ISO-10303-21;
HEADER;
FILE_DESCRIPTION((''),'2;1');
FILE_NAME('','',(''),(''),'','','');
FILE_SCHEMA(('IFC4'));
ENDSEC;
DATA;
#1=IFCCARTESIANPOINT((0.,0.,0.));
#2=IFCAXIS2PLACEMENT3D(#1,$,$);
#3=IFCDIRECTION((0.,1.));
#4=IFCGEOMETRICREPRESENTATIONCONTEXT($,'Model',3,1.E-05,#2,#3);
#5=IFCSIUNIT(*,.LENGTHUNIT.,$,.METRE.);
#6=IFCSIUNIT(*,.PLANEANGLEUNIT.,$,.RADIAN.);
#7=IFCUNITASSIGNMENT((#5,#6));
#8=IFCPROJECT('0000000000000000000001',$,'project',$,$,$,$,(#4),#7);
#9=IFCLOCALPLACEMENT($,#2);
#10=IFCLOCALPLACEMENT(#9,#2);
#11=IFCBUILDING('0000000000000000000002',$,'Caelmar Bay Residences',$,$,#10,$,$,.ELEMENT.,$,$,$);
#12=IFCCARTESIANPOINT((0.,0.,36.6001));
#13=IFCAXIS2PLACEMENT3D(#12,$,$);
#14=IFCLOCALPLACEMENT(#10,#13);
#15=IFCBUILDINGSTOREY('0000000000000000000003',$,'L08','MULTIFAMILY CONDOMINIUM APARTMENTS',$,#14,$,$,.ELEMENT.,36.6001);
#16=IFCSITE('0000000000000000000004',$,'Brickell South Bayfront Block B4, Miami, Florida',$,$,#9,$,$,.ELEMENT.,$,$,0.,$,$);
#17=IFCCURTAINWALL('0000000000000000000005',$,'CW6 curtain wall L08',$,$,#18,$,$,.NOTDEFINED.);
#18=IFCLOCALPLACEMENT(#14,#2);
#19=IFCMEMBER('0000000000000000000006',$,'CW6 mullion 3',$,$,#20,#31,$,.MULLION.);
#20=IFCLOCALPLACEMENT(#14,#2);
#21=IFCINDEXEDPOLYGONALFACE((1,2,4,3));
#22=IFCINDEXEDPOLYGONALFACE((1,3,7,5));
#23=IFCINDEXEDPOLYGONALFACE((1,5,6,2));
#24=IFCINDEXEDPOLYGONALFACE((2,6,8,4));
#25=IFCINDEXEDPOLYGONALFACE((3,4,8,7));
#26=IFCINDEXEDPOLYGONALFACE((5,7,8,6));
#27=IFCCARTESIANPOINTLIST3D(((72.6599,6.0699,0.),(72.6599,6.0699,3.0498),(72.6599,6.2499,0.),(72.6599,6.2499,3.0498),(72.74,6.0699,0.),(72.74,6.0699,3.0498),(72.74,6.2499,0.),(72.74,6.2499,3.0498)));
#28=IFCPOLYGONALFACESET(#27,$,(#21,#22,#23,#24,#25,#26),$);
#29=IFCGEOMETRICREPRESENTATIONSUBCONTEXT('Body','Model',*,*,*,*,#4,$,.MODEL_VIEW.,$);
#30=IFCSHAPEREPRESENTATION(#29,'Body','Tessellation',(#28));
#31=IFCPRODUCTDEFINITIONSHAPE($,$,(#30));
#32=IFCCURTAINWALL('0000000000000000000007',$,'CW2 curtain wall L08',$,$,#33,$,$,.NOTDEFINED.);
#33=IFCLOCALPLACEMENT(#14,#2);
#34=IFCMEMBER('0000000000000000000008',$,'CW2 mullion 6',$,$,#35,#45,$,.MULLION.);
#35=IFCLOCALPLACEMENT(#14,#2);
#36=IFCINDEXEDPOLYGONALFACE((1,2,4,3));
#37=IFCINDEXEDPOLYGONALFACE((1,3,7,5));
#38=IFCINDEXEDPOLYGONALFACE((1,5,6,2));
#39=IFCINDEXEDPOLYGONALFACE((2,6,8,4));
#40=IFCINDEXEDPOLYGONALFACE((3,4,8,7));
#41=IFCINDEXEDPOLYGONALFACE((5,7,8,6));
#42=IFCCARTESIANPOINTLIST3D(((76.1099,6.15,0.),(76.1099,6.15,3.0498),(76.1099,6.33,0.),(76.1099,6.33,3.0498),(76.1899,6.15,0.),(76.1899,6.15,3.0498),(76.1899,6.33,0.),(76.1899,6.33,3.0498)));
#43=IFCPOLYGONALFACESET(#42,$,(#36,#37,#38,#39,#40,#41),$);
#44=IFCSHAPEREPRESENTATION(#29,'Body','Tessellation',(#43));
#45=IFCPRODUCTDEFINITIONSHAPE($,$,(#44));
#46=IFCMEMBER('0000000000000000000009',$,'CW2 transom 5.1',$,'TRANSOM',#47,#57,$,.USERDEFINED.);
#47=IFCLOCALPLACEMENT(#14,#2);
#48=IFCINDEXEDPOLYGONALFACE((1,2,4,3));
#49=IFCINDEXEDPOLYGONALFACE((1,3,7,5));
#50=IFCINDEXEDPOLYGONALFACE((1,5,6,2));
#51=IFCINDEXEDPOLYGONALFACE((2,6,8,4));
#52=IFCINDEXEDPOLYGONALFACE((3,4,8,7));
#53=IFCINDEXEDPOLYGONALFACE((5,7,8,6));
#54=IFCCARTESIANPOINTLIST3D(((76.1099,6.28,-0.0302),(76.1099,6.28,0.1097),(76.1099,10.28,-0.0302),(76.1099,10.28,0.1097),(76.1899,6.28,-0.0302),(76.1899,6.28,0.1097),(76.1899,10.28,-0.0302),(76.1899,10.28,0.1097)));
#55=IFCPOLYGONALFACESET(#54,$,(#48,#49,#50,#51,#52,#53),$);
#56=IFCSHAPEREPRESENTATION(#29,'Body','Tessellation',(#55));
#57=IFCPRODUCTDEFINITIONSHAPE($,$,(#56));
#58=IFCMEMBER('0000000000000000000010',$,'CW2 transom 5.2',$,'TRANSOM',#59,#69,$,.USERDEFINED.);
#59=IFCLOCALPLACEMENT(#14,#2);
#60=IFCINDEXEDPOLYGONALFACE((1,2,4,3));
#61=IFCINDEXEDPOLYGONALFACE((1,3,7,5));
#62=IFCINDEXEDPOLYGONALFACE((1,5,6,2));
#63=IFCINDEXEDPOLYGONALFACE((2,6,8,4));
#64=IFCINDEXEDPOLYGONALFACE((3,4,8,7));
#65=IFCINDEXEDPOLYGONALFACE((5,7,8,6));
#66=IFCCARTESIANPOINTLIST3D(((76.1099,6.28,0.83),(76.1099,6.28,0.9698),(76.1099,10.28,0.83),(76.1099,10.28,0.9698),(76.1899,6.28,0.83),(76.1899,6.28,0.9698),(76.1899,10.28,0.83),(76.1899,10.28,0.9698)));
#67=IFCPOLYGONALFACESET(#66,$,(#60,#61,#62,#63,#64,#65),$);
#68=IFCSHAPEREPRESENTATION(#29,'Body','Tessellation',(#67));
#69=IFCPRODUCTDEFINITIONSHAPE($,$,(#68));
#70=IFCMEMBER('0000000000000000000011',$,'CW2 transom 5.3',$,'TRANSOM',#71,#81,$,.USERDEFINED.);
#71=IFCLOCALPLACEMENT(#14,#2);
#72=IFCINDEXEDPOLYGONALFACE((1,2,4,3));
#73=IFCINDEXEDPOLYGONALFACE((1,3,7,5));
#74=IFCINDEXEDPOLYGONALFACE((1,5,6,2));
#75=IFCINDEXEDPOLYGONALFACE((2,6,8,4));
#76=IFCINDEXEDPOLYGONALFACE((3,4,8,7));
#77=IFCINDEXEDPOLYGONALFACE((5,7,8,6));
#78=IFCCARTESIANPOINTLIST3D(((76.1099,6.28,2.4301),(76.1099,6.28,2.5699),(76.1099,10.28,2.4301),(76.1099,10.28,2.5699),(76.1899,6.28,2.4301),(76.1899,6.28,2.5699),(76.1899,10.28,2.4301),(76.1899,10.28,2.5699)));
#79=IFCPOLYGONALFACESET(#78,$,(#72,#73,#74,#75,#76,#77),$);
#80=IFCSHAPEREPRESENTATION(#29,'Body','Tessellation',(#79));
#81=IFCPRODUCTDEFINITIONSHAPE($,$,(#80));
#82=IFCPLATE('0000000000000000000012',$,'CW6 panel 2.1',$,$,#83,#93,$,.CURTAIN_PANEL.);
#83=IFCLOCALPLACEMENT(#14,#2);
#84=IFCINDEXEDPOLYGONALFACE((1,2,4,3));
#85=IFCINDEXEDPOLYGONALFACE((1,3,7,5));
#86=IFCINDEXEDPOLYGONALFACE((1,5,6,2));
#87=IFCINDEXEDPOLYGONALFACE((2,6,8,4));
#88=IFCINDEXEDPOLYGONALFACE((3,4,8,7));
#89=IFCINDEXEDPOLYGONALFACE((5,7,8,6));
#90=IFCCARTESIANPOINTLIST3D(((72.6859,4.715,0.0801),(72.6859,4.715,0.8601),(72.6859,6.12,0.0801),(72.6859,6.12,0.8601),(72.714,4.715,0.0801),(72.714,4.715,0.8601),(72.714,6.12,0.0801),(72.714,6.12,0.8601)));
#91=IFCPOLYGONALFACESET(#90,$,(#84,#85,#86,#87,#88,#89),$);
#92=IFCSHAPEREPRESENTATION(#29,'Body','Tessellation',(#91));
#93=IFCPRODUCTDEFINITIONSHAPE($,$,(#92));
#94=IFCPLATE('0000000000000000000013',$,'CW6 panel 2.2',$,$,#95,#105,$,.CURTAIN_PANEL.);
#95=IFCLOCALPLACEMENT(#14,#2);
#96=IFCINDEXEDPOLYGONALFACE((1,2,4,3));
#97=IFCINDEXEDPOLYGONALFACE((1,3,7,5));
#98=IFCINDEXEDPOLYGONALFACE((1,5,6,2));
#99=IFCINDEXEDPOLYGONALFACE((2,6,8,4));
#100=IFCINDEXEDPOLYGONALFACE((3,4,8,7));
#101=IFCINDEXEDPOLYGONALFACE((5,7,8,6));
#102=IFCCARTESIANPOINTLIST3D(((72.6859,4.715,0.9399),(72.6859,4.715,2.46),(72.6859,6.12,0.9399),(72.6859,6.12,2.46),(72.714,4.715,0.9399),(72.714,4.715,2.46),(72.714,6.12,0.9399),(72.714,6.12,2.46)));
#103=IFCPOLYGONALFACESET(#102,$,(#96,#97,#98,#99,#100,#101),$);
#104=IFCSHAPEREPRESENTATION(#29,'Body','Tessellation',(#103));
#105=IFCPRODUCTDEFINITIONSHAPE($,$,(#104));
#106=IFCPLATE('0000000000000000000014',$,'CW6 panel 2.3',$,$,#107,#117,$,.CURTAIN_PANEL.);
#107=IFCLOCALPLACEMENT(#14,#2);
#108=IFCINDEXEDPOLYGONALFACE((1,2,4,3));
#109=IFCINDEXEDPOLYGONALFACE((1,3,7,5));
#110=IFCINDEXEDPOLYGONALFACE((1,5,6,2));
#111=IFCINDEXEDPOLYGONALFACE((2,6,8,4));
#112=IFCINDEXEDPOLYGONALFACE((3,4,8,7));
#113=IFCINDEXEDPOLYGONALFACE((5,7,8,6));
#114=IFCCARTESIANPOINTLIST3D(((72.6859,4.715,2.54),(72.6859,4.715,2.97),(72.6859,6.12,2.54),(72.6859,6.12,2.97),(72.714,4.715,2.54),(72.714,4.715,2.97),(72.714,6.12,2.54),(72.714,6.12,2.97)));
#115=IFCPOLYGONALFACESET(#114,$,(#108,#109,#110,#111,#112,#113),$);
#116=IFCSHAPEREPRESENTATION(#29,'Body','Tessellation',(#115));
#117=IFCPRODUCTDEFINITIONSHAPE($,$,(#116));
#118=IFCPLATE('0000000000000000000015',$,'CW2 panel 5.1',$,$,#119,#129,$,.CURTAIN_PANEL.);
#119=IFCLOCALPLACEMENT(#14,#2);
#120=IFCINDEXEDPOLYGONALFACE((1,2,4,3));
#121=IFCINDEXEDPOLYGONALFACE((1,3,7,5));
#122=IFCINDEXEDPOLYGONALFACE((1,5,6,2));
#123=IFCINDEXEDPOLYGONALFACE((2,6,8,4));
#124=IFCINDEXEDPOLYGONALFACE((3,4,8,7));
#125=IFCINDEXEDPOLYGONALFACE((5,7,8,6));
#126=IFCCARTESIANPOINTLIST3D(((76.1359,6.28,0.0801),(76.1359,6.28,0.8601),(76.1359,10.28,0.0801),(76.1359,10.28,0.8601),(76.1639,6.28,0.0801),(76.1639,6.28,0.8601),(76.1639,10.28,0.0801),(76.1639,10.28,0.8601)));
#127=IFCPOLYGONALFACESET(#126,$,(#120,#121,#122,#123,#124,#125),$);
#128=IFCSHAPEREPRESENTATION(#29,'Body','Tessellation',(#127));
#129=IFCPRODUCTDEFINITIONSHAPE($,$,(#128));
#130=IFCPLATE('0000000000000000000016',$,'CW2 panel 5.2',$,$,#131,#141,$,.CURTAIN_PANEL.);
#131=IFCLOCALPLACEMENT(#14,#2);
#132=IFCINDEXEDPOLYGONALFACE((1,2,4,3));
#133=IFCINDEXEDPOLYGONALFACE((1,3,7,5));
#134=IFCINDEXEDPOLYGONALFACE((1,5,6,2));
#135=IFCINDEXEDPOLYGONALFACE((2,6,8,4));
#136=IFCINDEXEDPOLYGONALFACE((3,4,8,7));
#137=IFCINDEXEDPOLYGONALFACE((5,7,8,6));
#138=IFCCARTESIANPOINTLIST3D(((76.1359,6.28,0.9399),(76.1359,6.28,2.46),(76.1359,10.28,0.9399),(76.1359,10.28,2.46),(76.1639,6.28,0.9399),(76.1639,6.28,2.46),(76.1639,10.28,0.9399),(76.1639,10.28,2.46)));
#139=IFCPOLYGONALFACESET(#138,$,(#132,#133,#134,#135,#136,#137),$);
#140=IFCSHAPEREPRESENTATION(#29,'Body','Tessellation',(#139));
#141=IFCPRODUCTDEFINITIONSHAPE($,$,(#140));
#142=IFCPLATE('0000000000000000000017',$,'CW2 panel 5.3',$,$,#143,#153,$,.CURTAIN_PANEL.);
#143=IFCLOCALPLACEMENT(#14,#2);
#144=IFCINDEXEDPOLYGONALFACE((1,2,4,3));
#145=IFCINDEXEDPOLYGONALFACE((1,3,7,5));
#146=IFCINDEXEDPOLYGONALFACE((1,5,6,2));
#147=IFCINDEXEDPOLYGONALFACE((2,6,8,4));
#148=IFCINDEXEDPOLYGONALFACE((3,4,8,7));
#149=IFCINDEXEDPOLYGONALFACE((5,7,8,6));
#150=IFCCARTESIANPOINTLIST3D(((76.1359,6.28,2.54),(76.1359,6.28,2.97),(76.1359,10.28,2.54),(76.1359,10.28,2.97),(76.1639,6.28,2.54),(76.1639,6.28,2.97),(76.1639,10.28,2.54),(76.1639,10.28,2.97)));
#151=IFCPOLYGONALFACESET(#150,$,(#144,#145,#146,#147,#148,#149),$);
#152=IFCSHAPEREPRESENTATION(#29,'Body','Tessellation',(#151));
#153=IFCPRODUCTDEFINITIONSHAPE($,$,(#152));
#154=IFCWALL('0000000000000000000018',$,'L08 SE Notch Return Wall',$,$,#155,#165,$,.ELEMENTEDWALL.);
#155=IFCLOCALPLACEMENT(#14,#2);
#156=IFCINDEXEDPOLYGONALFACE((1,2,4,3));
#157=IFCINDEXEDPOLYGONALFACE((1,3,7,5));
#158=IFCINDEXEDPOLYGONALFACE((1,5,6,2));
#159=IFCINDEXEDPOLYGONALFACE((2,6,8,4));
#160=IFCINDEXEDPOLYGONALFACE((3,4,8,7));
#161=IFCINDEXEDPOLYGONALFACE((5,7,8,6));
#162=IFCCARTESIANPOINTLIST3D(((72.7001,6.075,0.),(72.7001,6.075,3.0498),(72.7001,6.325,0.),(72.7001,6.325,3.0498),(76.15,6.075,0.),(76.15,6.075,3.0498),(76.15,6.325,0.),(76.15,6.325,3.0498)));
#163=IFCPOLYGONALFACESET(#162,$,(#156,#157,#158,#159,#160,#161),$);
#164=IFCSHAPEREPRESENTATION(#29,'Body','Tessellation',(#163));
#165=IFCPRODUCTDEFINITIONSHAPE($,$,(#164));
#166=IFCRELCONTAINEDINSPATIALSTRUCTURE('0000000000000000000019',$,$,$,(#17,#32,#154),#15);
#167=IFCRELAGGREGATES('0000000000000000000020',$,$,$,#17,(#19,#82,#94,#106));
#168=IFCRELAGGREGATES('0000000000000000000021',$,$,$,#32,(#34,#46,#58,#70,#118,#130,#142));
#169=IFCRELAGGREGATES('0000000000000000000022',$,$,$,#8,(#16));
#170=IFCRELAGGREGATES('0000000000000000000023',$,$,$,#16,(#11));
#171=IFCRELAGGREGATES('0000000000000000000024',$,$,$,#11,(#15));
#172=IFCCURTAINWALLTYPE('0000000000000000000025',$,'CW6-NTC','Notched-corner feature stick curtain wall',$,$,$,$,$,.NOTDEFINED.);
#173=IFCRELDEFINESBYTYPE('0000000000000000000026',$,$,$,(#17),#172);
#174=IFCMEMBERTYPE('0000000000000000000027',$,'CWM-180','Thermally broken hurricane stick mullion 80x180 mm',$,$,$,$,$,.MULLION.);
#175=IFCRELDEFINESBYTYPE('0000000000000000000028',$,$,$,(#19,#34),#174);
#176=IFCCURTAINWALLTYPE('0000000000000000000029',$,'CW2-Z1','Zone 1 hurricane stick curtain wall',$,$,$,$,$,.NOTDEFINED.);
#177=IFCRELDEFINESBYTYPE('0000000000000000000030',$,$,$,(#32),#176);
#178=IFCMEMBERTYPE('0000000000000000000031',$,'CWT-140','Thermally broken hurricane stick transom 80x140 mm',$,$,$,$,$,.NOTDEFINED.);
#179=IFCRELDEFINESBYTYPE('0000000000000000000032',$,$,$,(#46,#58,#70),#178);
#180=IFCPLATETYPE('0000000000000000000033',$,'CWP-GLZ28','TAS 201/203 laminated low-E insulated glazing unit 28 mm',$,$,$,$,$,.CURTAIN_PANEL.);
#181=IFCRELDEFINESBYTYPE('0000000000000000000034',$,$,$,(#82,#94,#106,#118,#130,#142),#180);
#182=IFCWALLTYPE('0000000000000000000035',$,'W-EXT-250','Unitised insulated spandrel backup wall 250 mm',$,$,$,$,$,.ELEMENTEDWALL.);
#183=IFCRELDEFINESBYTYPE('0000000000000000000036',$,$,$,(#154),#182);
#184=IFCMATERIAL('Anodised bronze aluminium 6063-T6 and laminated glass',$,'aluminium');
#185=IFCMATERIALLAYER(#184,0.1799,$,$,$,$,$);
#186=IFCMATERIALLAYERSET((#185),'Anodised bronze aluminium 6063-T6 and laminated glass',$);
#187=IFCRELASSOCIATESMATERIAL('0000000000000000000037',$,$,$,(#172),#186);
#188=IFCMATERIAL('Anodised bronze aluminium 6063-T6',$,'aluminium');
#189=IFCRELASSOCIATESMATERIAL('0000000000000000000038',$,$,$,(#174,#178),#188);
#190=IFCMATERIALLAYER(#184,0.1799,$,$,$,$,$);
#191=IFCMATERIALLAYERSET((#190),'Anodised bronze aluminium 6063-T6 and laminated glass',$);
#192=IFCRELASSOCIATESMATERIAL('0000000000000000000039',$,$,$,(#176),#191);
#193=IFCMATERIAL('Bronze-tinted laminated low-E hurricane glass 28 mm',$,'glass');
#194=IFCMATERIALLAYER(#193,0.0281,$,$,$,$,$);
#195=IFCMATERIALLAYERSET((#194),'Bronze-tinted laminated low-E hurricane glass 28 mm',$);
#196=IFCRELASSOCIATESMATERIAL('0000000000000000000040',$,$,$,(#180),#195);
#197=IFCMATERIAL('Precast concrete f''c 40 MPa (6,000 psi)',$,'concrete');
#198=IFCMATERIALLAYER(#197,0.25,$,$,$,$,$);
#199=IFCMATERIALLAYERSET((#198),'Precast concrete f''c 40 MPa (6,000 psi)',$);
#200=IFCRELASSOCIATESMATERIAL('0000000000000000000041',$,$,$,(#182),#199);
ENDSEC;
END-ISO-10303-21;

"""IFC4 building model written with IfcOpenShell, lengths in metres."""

from ifc_helpers import new_model, si_unit, direction, frame, frame_2d, origin, origin_2d, place, context, subcontext, project, spatial, rectangle, extrude, material, layer, layer_set, material_profile, profile_set, type_object, element, aggregate, save


model = new_model("IFC4")

# Units and contexts
model_context = context("Model", 3, precision=1e-05, world=origin(), true_north=direction((0.0, 1.0)))
body_context = subcontext(model_context, "Body", "Model", "MODEL_VIEW")
ifc_project = project(units=[si_unit("LENGTHUNIT", "METRE"), si_unit("PLANEANGLEUNIT", "RADIAN")], contexts=[model_context])

# Site, building, storey
site_placement = place(None, origin())
site = spatial("IfcSite", under=ifc_project, at=site_placement, Name="Brickell South Bayfront Block B4, Miami, Florida", CompositionType="ELEMENT", RefElevation=0.0)
building_placement = place(site_placement, origin())
building = spatial("IfcBuilding", under=site, at=building_placement, Name="Caelmar Bay Residences", CompositionType="ELEMENT")
storey_placement = place(building_placement, frame((0.0, 0.0, 36.6001)))
storey = spatial("IfcBuildingStorey", under=building, at=storey_placement, Name="L08", Description="MULTIFAMILY CONDOMINIUM APARTMENTS", CompositionType="ELEMENT", Elevation=36.6001)

# Curtain wall, member
ifc_material_1 = material(Name="Anodised bronze aluminium 6063-T6 and laminated glass", Category="aluminium")
ifc_layer_1 = layer(ifc_material_1, 0.1799)
ifc_layer_set_1 = layer_set([ifc_layer_1], Name="Anodised bronze aluminium 6063-T6 and laminated glass")
curtain_wall_type_1 = type_object("IfcCurtainWallType", Name="CW6-NTC", Description="Notched-corner feature stick curtain wall", PredefinedType="NOTDEFINED", material=ifc_layer_set_1)
curtain_wall_1_placement = place(storey_placement, origin())
curtain_wall_1 = element("IfcCurtainWall", 1, at=curtain_wall_1_placement, inside=storey, type_object=curtain_wall_type_1, Name="CW6 curtain wall L08", PredefinedType="NOTDEFINED")
ifc_material_2 = material(Name="Anodised bronze aluminium 6063-T6", Category="aluminium")
ifc_material_profile_1 = material_profile(ifc_material_2, rectangle(XDim=0.0801, YDim=0.1799, at=origin_2d()), Name="CWM-80X180")
ifc_profile_set_1 = profile_set([ifc_material_profile_1], Name="Anodised bronze aluminium 6063-T6")
member_type_1 = type_object("IfcMemberType", Name="CWM-180", Description="Thermally broken hurricane stick mullion 80x180 mm", PredefinedType="MULLION", material=ifc_profile_set_1)
member_1_placement = place(storey_placement, frame((72.7, 6.1599, 0.0), z_axis=(0.0, 0.0, 1.0), x_axis=(-1.0, 0.0, 0.0)))
member_1 = element("IfcMember", 2, at=member_1_placement, type_object=member_type_1, Name="CW6 mullion 3", PredefinedType="MULLION", context=body_context, shape_type="SweptSolid", body=[
    extrude(rectangle(XDim=0.0801, YDim=0.1799, at=origin_2d()), origin(), (0.0, 0.0, 1.0), 3.0498),
])

# Curtain wall, members
ifc_layer_2 = layer(ifc_material_1, 0.1799)
ifc_layer_set_2 = layer_set([ifc_layer_2], Name="Anodised bronze aluminium 6063-T6 and laminated glass")
curtain_wall_type_2 = type_object("IfcCurtainWallType", Name="CW2-Z1", Description="Zone 1 hurricane stick curtain wall", PredefinedType="NOTDEFINED", material=ifc_layer_set_2)
curtain_wall_2_placement = place(storey_placement, origin())
curtain_wall_2 = element("IfcCurtainWall", 3, at=curtain_wall_2_placement, inside=storey, type_object=curtain_wall_type_2, Name="CW2 curtain wall L08", PredefinedType="NOTDEFINED")
member_2_placement = place(storey_placement, frame((76.1499, 6.24, 0.0), z_axis=(0.0, 0.0, 1.0), x_axis=(1.0, 0.0, 0.0)))
member_2 = element("IfcMember", 4, at=member_2_placement, type_object=member_type_1, Name="CW2 mullion 6", PredefinedType="MULLION", context=body_context, shape_type="SweptSolid", body=[
    extrude(rectangle(XDim=0.0801, YDim=0.1799, at=origin_2d()), origin(), (0.0, 0.0, 1.0), 3.0498),
])
ifc_material_profile_2 = material_profile(ifc_material_2, rectangle(XDim=0.0801, YDim=0.1399, at=origin_2d()), Name="CWT-80X140")
ifc_profile_set_2 = profile_set([ifc_material_profile_2], Name="Anodised bronze aluminium 6063-T6")
member_type_2 = type_object("IfcMemberType", Name="CWT-140", Description="Thermally broken hurricane stick transom 80x140 mm", PredefinedType="NOTDEFINED", material=ifc_profile_set_2)
member_3_placement = place(storey_placement, frame((76.1499, 10.28, 0.0398), z_axis=(0.0, -1.0, 0.0), x_axis=(1.0, 0.0, 0.0)))
member_3 = element("IfcMember", 5, at=member_3_placement, type_object=member_type_2, Name="CW2 transom 5.1", ObjectType="TRANSOM", PredefinedType="USERDEFINED", context=body_context, shape_type="SweptSolid", body=[
    extrude(rectangle(XDim=0.0801, YDim=0.1399, at=origin_2d()), origin(), (0.0, 0.0, 1.0), 4.0),
])
member_4_placement = place(storey_placement, frame((76.1499, 10.28, 0.8999), z_axis=(0.0, -1.0, 0.0), x_axis=(1.0, 0.0, 0.0)))
member_4 = element("IfcMember", 6, at=member_4_placement, type_object=member_type_2, Name="CW2 transom 5.2", ObjectType="TRANSOM", PredefinedType="USERDEFINED", context=body_context, shape_type="SweptSolid", body=[
    extrude(rectangle(XDim=0.0801, YDim=0.1399, at=origin_2d()), origin(), (0.0, 0.0, 1.0), 4.0),
])
member_5_placement = place(storey_placement, frame((76.1499, 10.28, 2.5), z_axis=(0.0, -1.0, 0.0), x_axis=(1.0, 0.0, 0.0)))
member_5 = element("IfcMember", 7, at=member_5_placement, type_object=member_type_2, Name="CW2 transom 5.3", ObjectType="TRANSOM", PredefinedType="USERDEFINED", context=body_context, shape_type="SweptSolid", body=[
    extrude(rectangle(XDim=0.0801, YDim=0.1399, at=origin_2d()), origin(), (0.0, 0.0, 1.0), 4.0),
])

# Plates
ifc_material_3 = material(Name="Bronze-tinted laminated low-E hurricane glass 28 mm", Category="glass")
ifc_layer_3 = layer(ifc_material_3, 0.0281)
ifc_layer_set_3 = layer_set([ifc_layer_3], Name="Bronze-tinted laminated low-E hurricane glass 28 mm")
plate_type = type_object("IfcPlateType", Name="CWP-GLZ28", Description="TAS 201/203 laminated low-E insulated glazing unit 28 mm", PredefinedType="CURTAIN_PANEL", material=ifc_layer_set_3)
plate_1_placement = place(storey_placement, frame((72.7, 5.4175, 0.0801), z_axis=(0.0, 0.0, 1.0), x_axis=(0.0, 1.0, 0.0)))
plate_1 = element("IfcPlate", 8, at=plate_1_placement, type_object=plate_type, Name="CW6 panel 2.1", PredefinedType="CURTAIN_PANEL", context=body_context, shape_type="SweptSolid", body=[
    extrude(rectangle(XDim=1.405, YDim=0.0281, at=origin_2d()), origin(), (0.0, 0.0, 1.0), 0.78),
])
plate_2_placement = place(storey_placement, frame((72.7, 5.4175, 0.9399), z_axis=(0.0, 0.0, 1.0), x_axis=(0.0, 1.0, 0.0)))
plate_2 = element("IfcPlate", 9, at=plate_2_placement, type_object=plate_type, Name="CW6 panel 2.2", PredefinedType="CURTAIN_PANEL", context=body_context, shape_type="SweptSolid", body=[
    extrude(rectangle(XDim=1.405, YDim=0.0281, at=origin_2d()), origin(), (0.0, 0.0, 1.0), 1.52),
])
plate_3_placement = place(storey_placement, frame((72.7, 5.4175, 2.54), z_axis=(0.0, 0.0, 1.0), x_axis=(0.0, 1.0, 0.0)))
plate_3 = element("IfcPlate", 10, at=plate_3_placement, type_object=plate_type, Name="CW6 panel 2.3", PredefinedType="CURTAIN_PANEL", context=body_context, shape_type="SweptSolid", body=[
    extrude(rectangle(XDim=1.405, YDim=0.0281, at=origin_2d()), origin(), (0.0, 0.0, 1.0), 0.4299),
])
aggregate(curtain_wall_1, [member_1, plate_1, plate_2, plate_3])
plate_4_placement = place(storey_placement, frame((76.1499, 8.28, 0.0801), z_axis=(0.0, 0.0, 1.0), x_axis=(0.0, -1.0, 0.0)))
plate_4 = element("IfcPlate", 11, at=plate_4_placement, type_object=plate_type, Name="CW2 panel 5.1", PredefinedType="CURTAIN_PANEL", context=body_context, shape_type="SweptSolid", body=[
    extrude(rectangle(XDim=4.0, YDim=0.0281, at=origin_2d()), origin(), (0.0, 0.0, 1.0), 0.78),
])
plate_5_placement = place(storey_placement, frame((76.1499, 8.28, 0.9399), z_axis=(0.0, 0.0, 1.0), x_axis=(0.0, -1.0, 0.0)))
plate_5 = element("IfcPlate", 12, at=plate_5_placement, type_object=plate_type, Name="CW2 panel 5.2", PredefinedType="CURTAIN_PANEL", context=body_context, shape_type="SweptSolid", body=[
    extrude(rectangle(XDim=4.0, YDim=0.0281, at=origin_2d()), origin(), (0.0, 0.0, 1.0), 1.52),
])
plate_6_placement = place(storey_placement, frame((76.1499, 8.28, 2.54), z_axis=(0.0, 0.0, 1.0), x_axis=(0.0, -1.0, 0.0)))
plate_6 = element("IfcPlate", 13, at=plate_6_placement, type_object=plate_type, Name="CW2 panel 5.3", PredefinedType="CURTAIN_PANEL", context=body_context, shape_type="SweptSolid", body=[
    extrude(rectangle(XDim=4.0, YDim=0.0281, at=origin_2d()), origin(), (0.0, 0.0, 1.0), 0.4299),
])
aggregate(curtain_wall_2, [member_2, member_3, member_4, member_5, plate_4, plate_5, plate_6])

# Wall
ifc_material_4 = material(Name="Precast concrete f'c 40 MPa (6,000 psi)", Category="concrete")
ifc_layer_4 = layer(ifc_material_4, 0.25)
ifc_layer_set_4 = layer_set([ifc_layer_4], Name="Precast concrete f'c 40 MPa (6,000 psi)")
wall_type_1 = type_object("IfcWallType", Name="W-EXT-250", Description="Unitised insulated spandrel backup wall 250 mm", PredefinedType="ELEMENTEDWALL", material=ifc_layer_set_4)
wall_1_placement = place(storey_placement, frame((72.7, 6.2, 0.0), z_axis=(0.0, 0.0, 1.0), x_axis=(1.0, 0.0, 0.0)))
element("IfcWall", 14, at=wall_1_placement, inside=storey, type_object=wall_type_1, Name="L08 SE Notch Return Wall", PredefinedType="ELEMENTEDWALL", context=body_context, shape_type="SweptSolid", body=[
    extrude(rectangle(XDim=3.45, YDim=0.25, at=frame_2d((1.7251, 0.0))), origin(), (0.0, 0.0, 1.0), 3.0498),
])

save(model, "model.ifc")
